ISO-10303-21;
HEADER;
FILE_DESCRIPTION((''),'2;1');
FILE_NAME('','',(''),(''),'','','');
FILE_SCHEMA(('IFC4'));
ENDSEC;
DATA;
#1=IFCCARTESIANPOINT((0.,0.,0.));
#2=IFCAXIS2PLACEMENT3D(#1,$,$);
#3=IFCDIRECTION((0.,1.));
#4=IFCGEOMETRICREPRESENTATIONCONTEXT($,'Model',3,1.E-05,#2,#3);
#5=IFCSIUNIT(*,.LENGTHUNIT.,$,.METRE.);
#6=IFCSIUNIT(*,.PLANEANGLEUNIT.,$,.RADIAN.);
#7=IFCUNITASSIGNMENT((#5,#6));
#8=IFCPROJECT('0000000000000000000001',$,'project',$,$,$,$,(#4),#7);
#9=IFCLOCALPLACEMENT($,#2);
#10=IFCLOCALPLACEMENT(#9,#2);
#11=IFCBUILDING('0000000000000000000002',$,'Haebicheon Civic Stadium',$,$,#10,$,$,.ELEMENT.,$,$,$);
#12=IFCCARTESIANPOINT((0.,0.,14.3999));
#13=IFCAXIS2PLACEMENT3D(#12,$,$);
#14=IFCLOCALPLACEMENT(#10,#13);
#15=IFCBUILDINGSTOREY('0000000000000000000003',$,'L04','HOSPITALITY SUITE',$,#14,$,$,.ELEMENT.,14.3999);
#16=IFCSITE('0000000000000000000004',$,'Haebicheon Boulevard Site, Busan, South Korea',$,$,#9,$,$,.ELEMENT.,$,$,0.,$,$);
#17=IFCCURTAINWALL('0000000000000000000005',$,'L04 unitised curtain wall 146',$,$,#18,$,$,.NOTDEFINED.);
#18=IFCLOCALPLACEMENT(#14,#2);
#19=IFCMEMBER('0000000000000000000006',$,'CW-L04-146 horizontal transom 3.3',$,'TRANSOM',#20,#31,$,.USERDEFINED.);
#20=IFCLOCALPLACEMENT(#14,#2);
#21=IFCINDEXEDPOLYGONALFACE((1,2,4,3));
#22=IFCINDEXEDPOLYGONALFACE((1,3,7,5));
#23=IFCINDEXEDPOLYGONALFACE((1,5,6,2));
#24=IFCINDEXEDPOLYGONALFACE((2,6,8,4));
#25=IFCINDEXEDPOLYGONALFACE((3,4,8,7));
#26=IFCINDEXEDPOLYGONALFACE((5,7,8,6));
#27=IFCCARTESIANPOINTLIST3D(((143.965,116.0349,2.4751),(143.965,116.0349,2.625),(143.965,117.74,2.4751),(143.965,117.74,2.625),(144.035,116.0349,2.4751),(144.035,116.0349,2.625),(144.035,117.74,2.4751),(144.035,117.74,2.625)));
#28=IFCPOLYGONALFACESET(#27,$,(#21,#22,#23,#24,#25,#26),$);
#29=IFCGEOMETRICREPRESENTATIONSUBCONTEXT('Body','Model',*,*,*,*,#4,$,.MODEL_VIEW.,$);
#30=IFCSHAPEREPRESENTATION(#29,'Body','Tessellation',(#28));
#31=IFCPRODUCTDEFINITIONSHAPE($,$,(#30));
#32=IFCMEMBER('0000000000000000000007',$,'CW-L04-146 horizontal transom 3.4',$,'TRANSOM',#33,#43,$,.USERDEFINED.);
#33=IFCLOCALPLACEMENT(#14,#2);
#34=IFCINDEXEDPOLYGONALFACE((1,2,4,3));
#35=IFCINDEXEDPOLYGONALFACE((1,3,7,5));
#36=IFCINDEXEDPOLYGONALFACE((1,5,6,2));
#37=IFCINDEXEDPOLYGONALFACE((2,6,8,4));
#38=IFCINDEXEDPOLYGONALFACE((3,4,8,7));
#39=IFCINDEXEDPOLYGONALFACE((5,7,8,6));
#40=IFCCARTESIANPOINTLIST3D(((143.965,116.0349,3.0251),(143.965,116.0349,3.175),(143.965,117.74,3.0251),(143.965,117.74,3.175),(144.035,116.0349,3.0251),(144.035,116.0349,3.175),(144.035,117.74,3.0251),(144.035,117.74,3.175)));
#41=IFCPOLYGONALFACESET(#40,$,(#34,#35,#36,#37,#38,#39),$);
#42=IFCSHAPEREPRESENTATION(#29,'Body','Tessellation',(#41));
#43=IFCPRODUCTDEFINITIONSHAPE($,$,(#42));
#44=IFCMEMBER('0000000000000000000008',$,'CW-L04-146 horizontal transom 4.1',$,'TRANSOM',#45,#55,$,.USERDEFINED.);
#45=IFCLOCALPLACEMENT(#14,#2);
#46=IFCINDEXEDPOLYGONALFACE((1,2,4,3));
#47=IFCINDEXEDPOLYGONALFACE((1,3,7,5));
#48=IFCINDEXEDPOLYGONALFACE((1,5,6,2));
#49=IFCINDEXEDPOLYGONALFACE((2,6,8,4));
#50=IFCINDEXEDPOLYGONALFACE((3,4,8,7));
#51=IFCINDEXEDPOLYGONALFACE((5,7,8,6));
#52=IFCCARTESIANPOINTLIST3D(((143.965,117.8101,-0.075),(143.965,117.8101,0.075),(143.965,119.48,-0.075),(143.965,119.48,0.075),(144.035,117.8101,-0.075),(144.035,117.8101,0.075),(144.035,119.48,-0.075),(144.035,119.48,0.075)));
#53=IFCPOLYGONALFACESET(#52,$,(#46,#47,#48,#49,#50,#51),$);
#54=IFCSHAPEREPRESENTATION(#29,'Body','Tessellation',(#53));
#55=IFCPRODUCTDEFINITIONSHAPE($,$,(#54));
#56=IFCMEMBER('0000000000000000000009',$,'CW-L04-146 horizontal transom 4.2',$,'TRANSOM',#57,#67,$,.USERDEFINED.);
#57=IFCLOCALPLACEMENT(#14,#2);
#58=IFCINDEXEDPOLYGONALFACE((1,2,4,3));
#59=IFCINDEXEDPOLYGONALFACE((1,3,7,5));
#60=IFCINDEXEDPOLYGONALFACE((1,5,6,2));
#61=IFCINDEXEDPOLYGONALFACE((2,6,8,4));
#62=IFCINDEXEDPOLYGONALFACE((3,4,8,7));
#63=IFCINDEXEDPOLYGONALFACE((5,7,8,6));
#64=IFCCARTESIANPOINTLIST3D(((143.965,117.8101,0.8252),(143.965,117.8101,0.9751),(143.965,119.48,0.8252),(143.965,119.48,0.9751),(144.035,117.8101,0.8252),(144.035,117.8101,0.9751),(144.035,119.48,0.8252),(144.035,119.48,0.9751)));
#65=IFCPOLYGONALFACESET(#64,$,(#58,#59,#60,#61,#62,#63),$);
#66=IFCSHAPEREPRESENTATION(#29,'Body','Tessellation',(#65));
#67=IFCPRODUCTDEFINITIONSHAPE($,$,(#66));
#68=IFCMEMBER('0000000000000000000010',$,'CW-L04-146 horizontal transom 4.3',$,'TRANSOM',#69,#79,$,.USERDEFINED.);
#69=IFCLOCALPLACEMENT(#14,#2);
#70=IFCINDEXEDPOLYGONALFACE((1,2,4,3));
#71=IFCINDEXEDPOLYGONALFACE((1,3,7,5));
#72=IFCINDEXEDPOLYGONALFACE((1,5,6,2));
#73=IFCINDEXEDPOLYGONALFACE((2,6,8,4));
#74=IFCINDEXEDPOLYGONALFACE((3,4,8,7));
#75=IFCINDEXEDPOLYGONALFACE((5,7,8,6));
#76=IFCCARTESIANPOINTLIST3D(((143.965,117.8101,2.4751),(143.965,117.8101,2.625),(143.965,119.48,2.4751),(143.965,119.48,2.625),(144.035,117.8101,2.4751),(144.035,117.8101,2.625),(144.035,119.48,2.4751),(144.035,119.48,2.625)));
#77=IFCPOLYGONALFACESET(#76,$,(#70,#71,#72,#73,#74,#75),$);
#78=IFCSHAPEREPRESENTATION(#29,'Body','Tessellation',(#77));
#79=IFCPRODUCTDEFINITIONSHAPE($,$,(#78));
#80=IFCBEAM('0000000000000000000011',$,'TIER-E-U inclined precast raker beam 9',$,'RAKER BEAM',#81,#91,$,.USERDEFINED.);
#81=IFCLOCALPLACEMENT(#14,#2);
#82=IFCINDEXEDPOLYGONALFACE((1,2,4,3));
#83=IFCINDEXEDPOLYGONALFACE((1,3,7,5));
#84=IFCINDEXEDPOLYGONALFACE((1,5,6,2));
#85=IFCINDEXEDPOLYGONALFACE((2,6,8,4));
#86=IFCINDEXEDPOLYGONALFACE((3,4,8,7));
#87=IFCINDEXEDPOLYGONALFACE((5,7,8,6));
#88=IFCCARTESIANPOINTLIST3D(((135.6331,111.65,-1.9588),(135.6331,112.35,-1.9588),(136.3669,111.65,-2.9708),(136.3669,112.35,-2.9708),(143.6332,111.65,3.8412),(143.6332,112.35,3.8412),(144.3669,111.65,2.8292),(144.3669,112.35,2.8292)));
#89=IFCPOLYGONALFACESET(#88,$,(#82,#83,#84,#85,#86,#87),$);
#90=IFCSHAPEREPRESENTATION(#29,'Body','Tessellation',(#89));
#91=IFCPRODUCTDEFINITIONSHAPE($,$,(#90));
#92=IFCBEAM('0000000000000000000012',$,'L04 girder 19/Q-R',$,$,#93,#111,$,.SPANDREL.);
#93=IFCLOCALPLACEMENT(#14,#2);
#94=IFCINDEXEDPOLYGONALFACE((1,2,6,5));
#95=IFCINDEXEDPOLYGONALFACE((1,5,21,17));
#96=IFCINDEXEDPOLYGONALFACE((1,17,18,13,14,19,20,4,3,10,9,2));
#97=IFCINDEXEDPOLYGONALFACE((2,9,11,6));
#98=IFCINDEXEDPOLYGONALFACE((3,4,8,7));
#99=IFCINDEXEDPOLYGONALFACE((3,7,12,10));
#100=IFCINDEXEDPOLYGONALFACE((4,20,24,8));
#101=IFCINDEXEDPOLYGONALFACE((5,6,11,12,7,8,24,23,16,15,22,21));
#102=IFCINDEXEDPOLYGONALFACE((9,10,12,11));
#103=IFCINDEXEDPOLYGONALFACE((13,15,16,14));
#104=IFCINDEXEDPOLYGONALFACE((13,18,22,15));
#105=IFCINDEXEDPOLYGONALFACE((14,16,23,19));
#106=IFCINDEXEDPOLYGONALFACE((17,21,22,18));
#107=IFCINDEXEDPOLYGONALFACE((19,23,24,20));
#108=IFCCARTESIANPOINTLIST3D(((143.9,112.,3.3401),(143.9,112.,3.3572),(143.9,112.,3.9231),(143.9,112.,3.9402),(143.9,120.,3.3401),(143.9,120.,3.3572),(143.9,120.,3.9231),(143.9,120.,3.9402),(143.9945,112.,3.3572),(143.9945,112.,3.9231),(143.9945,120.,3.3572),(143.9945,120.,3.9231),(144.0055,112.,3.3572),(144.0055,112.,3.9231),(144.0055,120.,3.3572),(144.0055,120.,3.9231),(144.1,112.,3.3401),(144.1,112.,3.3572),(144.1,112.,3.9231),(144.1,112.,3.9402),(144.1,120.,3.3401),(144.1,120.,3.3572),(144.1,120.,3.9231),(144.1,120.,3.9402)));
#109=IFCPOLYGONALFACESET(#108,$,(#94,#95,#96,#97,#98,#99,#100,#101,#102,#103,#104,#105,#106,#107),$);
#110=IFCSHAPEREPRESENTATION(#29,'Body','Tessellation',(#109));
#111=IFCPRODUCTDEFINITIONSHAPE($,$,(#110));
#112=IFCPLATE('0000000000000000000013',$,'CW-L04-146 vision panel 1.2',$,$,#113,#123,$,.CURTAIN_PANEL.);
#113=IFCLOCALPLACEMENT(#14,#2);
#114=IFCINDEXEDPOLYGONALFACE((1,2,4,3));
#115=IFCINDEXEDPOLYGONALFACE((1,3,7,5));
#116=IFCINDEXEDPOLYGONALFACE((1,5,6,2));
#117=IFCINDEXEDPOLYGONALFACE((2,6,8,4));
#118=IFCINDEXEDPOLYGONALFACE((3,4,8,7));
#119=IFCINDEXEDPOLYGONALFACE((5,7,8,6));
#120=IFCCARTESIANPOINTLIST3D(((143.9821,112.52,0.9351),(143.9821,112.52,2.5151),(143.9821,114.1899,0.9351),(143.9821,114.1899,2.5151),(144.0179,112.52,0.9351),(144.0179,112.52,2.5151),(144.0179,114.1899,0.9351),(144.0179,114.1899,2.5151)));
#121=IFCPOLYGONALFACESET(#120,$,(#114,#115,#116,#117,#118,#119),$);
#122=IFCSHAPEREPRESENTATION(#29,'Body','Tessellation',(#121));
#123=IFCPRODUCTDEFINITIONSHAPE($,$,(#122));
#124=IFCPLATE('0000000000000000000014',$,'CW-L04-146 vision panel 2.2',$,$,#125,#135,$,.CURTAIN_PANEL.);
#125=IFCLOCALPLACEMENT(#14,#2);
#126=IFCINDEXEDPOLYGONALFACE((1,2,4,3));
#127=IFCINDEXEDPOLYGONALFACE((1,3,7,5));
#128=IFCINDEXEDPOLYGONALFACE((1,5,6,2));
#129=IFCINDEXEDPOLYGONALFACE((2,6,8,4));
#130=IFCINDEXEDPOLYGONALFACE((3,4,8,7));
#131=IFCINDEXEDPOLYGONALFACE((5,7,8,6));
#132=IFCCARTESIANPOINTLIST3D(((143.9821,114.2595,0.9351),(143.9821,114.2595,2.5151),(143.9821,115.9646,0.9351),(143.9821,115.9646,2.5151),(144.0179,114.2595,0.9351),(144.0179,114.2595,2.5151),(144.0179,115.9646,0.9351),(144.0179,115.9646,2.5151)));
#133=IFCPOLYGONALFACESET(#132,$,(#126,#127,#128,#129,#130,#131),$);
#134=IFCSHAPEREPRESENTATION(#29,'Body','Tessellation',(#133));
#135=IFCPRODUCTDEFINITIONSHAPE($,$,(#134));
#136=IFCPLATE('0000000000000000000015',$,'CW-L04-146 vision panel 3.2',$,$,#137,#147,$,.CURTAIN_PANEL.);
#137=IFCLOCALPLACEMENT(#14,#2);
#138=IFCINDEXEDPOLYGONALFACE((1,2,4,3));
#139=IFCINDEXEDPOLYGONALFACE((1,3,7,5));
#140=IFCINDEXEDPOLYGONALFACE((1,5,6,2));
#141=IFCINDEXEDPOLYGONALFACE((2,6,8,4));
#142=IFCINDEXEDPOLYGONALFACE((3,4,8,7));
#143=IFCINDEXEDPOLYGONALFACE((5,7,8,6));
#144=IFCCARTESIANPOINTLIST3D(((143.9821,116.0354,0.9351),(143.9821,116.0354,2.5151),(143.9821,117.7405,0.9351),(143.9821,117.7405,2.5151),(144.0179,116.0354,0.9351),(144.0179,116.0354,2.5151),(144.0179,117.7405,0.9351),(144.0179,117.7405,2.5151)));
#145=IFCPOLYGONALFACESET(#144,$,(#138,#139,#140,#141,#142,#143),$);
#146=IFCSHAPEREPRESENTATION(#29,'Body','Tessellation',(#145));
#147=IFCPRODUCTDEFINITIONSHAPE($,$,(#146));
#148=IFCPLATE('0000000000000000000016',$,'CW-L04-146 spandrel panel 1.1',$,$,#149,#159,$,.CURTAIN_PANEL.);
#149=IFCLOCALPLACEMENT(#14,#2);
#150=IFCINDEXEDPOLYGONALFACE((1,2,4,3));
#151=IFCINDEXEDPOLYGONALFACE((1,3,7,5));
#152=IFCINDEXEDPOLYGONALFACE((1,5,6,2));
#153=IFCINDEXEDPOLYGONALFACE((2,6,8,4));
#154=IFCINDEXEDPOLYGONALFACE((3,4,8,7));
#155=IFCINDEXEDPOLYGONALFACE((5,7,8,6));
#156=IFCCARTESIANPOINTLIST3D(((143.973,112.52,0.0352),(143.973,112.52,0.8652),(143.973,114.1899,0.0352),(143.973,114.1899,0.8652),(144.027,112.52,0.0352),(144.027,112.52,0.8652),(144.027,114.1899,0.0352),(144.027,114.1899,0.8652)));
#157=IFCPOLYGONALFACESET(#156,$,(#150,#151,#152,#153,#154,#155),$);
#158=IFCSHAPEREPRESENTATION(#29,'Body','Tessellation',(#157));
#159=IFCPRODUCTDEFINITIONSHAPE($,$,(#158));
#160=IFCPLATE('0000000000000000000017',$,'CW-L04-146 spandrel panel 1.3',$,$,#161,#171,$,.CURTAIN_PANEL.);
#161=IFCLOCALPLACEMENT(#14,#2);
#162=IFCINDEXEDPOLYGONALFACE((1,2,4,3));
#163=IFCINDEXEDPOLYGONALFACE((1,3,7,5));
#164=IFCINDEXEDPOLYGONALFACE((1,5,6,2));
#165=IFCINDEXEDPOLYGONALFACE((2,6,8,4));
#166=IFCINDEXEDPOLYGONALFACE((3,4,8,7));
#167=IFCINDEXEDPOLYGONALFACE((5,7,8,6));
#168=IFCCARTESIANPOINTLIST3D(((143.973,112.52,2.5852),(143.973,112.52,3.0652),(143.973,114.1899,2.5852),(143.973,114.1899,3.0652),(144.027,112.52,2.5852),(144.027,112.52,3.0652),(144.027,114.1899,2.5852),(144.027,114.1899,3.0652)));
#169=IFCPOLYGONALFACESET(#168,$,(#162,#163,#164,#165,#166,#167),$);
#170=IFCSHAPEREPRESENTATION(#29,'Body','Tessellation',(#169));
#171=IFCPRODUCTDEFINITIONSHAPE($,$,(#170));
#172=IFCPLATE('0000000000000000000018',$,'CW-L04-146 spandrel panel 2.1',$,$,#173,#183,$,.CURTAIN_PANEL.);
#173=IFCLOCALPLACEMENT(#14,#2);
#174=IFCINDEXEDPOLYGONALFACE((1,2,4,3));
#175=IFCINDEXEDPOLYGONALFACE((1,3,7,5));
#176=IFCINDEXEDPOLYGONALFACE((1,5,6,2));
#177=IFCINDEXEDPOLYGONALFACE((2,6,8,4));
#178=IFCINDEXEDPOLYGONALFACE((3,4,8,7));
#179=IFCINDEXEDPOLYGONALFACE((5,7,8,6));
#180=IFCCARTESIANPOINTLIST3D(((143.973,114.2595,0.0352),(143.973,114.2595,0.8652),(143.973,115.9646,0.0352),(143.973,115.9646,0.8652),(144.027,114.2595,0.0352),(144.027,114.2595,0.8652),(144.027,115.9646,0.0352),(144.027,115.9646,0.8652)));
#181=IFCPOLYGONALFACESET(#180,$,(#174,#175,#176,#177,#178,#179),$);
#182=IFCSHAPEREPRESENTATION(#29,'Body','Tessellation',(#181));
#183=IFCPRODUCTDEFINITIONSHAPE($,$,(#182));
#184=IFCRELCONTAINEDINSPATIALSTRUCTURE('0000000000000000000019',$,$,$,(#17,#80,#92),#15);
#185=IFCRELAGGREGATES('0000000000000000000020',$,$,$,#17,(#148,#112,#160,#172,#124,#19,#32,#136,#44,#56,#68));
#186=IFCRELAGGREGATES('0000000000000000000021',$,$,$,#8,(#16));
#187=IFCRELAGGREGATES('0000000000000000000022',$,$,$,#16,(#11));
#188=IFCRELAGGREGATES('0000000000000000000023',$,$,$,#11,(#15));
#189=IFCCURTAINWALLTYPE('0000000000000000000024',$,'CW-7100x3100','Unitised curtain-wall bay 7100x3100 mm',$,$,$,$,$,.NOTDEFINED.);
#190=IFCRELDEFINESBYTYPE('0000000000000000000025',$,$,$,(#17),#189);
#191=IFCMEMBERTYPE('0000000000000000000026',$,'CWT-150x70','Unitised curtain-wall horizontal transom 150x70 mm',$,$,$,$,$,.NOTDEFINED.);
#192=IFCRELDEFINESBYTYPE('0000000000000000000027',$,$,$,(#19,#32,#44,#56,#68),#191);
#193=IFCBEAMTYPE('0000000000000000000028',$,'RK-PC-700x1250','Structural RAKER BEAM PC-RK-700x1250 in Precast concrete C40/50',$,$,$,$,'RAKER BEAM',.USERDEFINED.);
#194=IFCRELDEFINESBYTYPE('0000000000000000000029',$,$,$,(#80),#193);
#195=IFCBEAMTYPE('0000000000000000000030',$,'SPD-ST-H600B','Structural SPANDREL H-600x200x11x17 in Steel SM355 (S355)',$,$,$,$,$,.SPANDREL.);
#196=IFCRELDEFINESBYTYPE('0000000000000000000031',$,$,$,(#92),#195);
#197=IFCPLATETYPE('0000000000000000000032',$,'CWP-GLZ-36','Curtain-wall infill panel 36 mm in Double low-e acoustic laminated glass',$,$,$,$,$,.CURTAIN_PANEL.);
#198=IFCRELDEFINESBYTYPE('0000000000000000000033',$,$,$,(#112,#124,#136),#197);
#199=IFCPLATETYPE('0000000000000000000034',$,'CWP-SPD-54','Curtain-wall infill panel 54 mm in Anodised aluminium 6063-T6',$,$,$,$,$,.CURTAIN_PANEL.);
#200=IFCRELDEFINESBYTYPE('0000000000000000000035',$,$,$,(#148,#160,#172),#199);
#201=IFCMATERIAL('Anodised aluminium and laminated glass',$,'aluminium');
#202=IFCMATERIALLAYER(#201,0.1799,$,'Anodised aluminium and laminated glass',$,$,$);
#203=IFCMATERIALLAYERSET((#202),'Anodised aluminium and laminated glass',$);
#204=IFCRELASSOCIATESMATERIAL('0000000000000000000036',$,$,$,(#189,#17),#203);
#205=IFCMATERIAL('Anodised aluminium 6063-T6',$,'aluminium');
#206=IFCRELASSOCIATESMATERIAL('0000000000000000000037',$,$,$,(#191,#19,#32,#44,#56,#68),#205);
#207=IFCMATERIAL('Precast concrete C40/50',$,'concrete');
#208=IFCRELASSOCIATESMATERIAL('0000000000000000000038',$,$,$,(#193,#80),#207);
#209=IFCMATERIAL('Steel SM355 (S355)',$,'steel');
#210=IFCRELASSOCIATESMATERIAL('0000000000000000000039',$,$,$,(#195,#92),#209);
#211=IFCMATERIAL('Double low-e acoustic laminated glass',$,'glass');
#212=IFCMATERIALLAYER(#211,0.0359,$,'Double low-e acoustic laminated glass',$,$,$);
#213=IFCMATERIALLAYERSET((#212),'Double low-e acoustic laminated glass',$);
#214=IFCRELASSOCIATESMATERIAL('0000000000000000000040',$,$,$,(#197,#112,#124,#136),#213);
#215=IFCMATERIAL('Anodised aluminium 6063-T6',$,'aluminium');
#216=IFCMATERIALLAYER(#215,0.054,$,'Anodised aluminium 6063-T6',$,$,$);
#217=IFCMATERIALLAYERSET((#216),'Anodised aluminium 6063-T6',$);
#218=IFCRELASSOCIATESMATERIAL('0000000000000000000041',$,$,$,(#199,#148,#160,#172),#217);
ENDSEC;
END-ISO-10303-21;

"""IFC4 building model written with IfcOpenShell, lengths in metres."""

from ifc_helpers import new_model, si_unit, direction, frame, origin, origin_2d, place, context, subcontext, project, spatial, rectangle, i_section, extrude, material, layer, layer_set, material_profile, profile_set, type_object, element, aggregate, save


model = new_model("IFC4")

# Units and contexts
model_context = context("Model", 3, precision=1e-05, world=origin(), true_north=direction((0.0, 1.0)))
body_context = subcontext(model_context, "Body", "Model", "MODEL_VIEW")
ifc_project = project(units=[si_unit("LENGTHUNIT", "METRE"), si_unit("PLANEANGLEUNIT", "RADIAN")], contexts=[model_context])

# Site, building, storey
site_placement = place(None, origin())
site = spatial("IfcSite", under=ifc_project, at=site_placement, Name="Haebicheon Boulevard Site, Busan, South Korea", CompositionType="ELEMENT", RefElevation=0.0)
building_placement = place(site_placement, origin())
building = spatial("IfcBuilding", under=site, at=building_placement, Name="Haebicheon Civic Stadium", CompositionType="ELEMENT")
storey_placement = place(building_placement, frame((0.0, 0.0, 14.3999)))
storey = spatial("IfcBuildingStorey", under=building, at=storey_placement, Name="L04", Description="HOSPITALITY SUITE", CompositionType="ELEMENT", Elevation=14.3999)

# Curtain wall, members
ifc_material_1 = material(Name="Anodised aluminium and laminated glass", Category="aluminium")
ifc_layer_1 = layer(ifc_material_1, 0.1799, Name="Anodised aluminium and laminated glass")
ifc_layer_set_1 = layer_set([ifc_layer_1], Name="Anodised aluminium and laminated glass")
curtain_wall_type = type_object("IfcCurtainWallType", Name="CW-7100x3100", Description="Unitised curtain-wall bay 7100x3100 mm", PredefinedType="NOTDEFINED", material=ifc_layer_set_1)
curtain_wall_placement = place(storey_placement, origin())
curtain_wall = element("IfcCurtainWall", 1, at=curtain_wall_placement, inside=storey, type_object=curtain_wall_type, material=ifc_layer_set_1, Name="L04 unitised curtain wall 146", PredefinedType="NOTDEFINED")
ifc_material_2 = material(Name="Anodised aluminium 6063-T6", Category="aluminium")
ifc_material_profile_1 = material_profile(ifc_material_2, rectangle(XDim=0.0701, YDim=0.1499, at=origin_2d()), Name="ALU-TRAN-70x150")
ifc_profile_set_1 = profile_set([ifc_material_profile_1], Name="Anodised aluminium 6063-T6")
member_type_1 = type_object("IfcMemberType", Name="CWT-150x70", Description="Unitised curtain-wall horizontal transom 150x70 mm", PredefinedType="NOTDEFINED", material=ifc_profile_set_1)
member_1_placement = place(storey_placement, frame((144.0, 116.0349, 2.55), z_axis=(0.0, 1.0, 0.0), x_axis=(-1.0, 0.0, 0.0)))
member_1 = element("IfcMember", 2, at=member_1_placement, type_object=member_type_1, material=ifc_profile_set_1, Name="CW-L04-146 horizontal transom 3.3", ObjectType="TRANSOM", PredefinedType="USERDEFINED", context=body_context, shape_type="SweptSolid", body=[
    extrude(rectangle(XDim=0.0701, YDim=0.1499, at=origin_2d()), origin(), (0.0, 0.0, 1.0), 1.7051),
])
member_2_placement = place(storey_placement, frame((144.0, 116.0349, 3.1001), z_axis=(0.0, 1.0, 0.0), x_axis=(-1.0, 0.0, 0.0)))
member_2 = element("IfcMember", 3, at=member_2_placement, type_object=member_type_1, material=ifc_profile_set_1, Name="CW-L04-146 horizontal transom 3.4", ObjectType="TRANSOM", PredefinedType="USERDEFINED", context=body_context, shape_type="SweptSolid", body=[
    extrude(rectangle(XDim=0.0701, YDim=0.1499, at=origin_2d()), origin(), (0.0, 0.0, 1.0), 1.7051),
])
member_3_placement = place(storey_placement, frame((144.0, 117.8101, 0.0), z_axis=(0.0, 1.0, 0.0), x_axis=(-1.0, 0.0, 0.0)))
member_3 = element("IfcMember", 4, at=member_3_placement, type_object=member_type_1, material=ifc_profile_set_1, Name="CW-L04-146 horizontal transom 4.1", ObjectType="TRANSOM", PredefinedType="USERDEFINED", context=body_context, shape_type="SweptSolid", body=[
    extrude(rectangle(XDim=0.0701, YDim=0.1499, at=origin_2d()), origin(), (0.0, 0.0, 1.0), 1.6699),
])
member_4_placement = place(storey_placement, frame((144.0, 117.8101, 0.9001), z_axis=(0.0, 1.0, 0.0), x_axis=(-1.0, 0.0, 0.0)))
member_4 = element("IfcMember", 5, at=member_4_placement, type_object=member_type_1, material=ifc_profile_set_1, Name="CW-L04-146 horizontal transom 4.2", ObjectType="TRANSOM", PredefinedType="USERDEFINED", context=body_context, shape_type="SweptSolid", body=[
    extrude(rectangle(XDim=0.0701, YDim=0.1499, at=origin_2d()), origin(), (0.0, 0.0, 1.0), 1.6699),
])
member_5_placement = place(storey_placement, frame((144.0, 117.8101, 2.55), z_axis=(0.0, 1.0, 0.0), x_axis=(-1.0, 0.0, 0.0)))
member_5 = element("IfcMember", 6, at=member_5_placement, type_object=member_type_1, material=ifc_profile_set_1, Name="CW-L04-146 horizontal transom 4.3", ObjectType="TRANSOM", PredefinedType="USERDEFINED", context=body_context, shape_type="SweptSolid", body=[
    extrude(rectangle(XDim=0.0701, YDim=0.1499, at=origin_2d()), origin(), (0.0, 0.0, 1.0), 1.6699),
])

# Beams
ifc_material_3 = material(Name="Precast concrete C40/50", Category="concrete")
ifc_material_profile_2 = material_profile(ifc_material_3, rectangle(XDim=0.7, YDim=1.25, at=origin_2d()), Name="PC-RK-700x1250")
ifc_profile_set_2 = profile_set([ifc_material_profile_2], Name="Precast concrete C40/50")
beam_type_1 = type_object("IfcBeamType", Name="RK-PC-700x1250", Description="Structural RAKER BEAM PC-RK-700x1250 in Precast concrete C40/50", ElementType="RAKER BEAM", PredefinedType="USERDEFINED", material=ifc_profile_set_2)
beam_1_placement = place(storey_placement, frame((136.0, 112.0, -2.4648), z_axis=(0.809608, 0.0, 0.586971), x_axis=(0.0, 1.0, 0.0)))
element("IfcBeam", 7, at=beam_1_placement, inside=storey, type_object=beam_type_1, material=ifc_profile_set_2, Name="TIER-E-U inclined precast raker beam 9", ObjectType="RAKER BEAM", PredefinedType="USERDEFINED", context=body_context, shape_type="SweptSolid", body=[
    extrude(rectangle(XDim=0.7, YDim=1.25, at=origin_2d()), origin(), (0.0, 0.0, 1.0), 9.8813),
])
ifc_material_4 = material(Name="Steel SM355 (S355)", Category="steel")
ifc_material_profile_3 = material_profile(ifc_material_4, i_section(OverallWidth=0.2, OverallDepth=0.6001, WebThickness=0.011, FlangeThickness=0.0171, at=origin_2d()), Name="H-600x200x11x17")
ifc_profile_set_3 = profile_set([ifc_material_profile_3], Name="Steel SM355 (S355)")
beam_type_2 = type_object("IfcBeamType", Name="SPD-ST-H600B", Description="Structural SPANDREL H-600x200x11x17 in Steel SM355 (S355)", PredefinedType="SPANDREL", material=ifc_profile_set_3)
beam_2_placement = place(storey_placement, frame((144.0, 112.0, 3.6401), z_axis=(0.0, 1.0, 0.0), x_axis=(-1.0, 0.0, 0.0)))
element("IfcBeam", 8, at=beam_2_placement, inside=storey, type_object=beam_type_2, material=ifc_profile_set_3, Name="L04 girder 19/Q-R", PredefinedType="SPANDREL", context=body_context, shape_type="SweptSolid", body=[
    extrude(i_section(OverallWidth=0.2, OverallDepth=0.6001, WebThickness=0.011, FlangeThickness=0.0171, at=origin_2d()), origin(), (0.0, 0.0, 1.0), 8.0),
])

# Plates
ifc_material_5 = material(Name="Double low-e acoustic laminated glass", Category="glass")
ifc_layer_2 = layer(ifc_material_5, 0.0359, Name="Double low-e acoustic laminated glass")
ifc_layer_set_2 = layer_set([ifc_layer_2], Name="Double low-e acoustic laminated glass")
plate_type_1 = type_object("IfcPlateType", Name="CWP-GLZ-36", Description="Curtain-wall infill panel 36 mm in Double low-e acoustic laminated glass", PredefinedType="CURTAIN_PANEL", material=ifc_layer_set_2)
plate_1_placement = place(storey_placement, frame((144.0, 113.355, 0.9351), z_axis=(0.0, 0.0, 1.0), x_axis=(0.0, 1.0, 0.0)))
plate_1 = element("IfcPlate", 9, at=plate_1_placement, type_object=plate_type_1, material=ifc_layer_set_2, Name="CW-L04-146 vision panel 1.2", PredefinedType="CURTAIN_PANEL", context=body_context, shape_type="SweptSolid", body=[
    extrude(rectangle(XDim=1.6699, YDim=0.0359, at=origin_2d()), origin(), (0.0, 0.0, 1.0), 1.5801),
])
plate_2_placement = place(storey_placement, frame((144.0, 115.1121, 0.9351), z_axis=(0.0, 0.0, 1.0), x_axis=(0.0, 1.0, 0.0)))
plate_2 = element("IfcPlate", 10, at=plate_2_placement, type_object=plate_type_1, material=ifc_layer_set_2, Name="CW-L04-146 vision panel 2.2", PredefinedType="CURTAIN_PANEL", context=body_context, shape_type="SweptSolid", body=[
    extrude(rectangle(XDim=1.7051, YDim=0.0359, at=origin_2d()), origin(), (0.0, 0.0, 1.0), 1.5801),
])
plate_3_placement = place(storey_placement, frame((144.0, 116.8879, 0.9351), z_axis=(0.0, 0.0, 1.0), x_axis=(0.0, 1.0, 0.0)))
plate_3 = element("IfcPlate", 11, at=plate_3_placement, type_object=plate_type_1, material=ifc_layer_set_2, Name="CW-L04-146 vision panel 3.2", PredefinedType="CURTAIN_PANEL", context=body_context, shape_type="SweptSolid", body=[
    extrude(rectangle(XDim=1.7051, YDim=0.0359, at=origin_2d()), origin(), (0.0, 0.0, 1.0), 1.5801),
])
ifc_material_6 = material(Name="Anodised aluminium 6063-T6", Category="aluminium")
ifc_layer_3 = layer(ifc_material_6, 0.054, Name="Anodised aluminium 6063-T6")
ifc_layer_set_3 = layer_set([ifc_layer_3], Name="Anodised aluminium 6063-T6")
plate_type_2 = type_object("IfcPlateType", Name="CWP-SPD-54", Description="Curtain-wall infill panel 54 mm in Anodised aluminium 6063-T6", PredefinedType="CURTAIN_PANEL", material=ifc_layer_set_3)
plate_4_placement = place(storey_placement, frame((144.0, 113.355, 0.0352), z_axis=(0.0, 0.0, 1.0), x_axis=(0.0, 1.0, 0.0)))
plate_4 = element("IfcPlate", 12, at=plate_4_placement, type_object=plate_type_2, material=ifc_layer_set_3, Name="CW-L04-146 spandrel panel 1.1", PredefinedType="CURTAIN_PANEL", context=body_context, shape_type="SweptSolid", body=[
    extrude(rectangle(XDim=1.6699, YDim=0.054, at=origin_2d()), origin(), (0.0, 0.0, 1.0), 0.8301),
])
plate_5_placement = place(storey_placement, frame((144.0, 113.355, 2.5852), z_axis=(0.0, 0.0, 1.0), x_axis=(0.0, 1.0, 0.0)))
plate_5 = element("IfcPlate", 13, at=plate_5_placement, type_object=plate_type_2, material=ifc_layer_set_3, Name="CW-L04-146 spandrel panel 1.3", PredefinedType="CURTAIN_PANEL", context=body_context, shape_type="SweptSolid", body=[
    extrude(rectangle(XDim=1.6699, YDim=0.054, at=origin_2d()), origin(), (0.0, 0.0, 1.0), 0.48),
])
plate_6_placement = place(storey_placement, frame((144.0, 115.1121, 0.0352), z_axis=(0.0, 0.0, 1.0), x_axis=(0.0, 1.0, 0.0)))
plate_6 = element("IfcPlate", 14, at=plate_6_placement, type_object=plate_type_2, material=ifc_layer_set_3, Name="CW-L04-146 spandrel panel 2.1", PredefinedType="CURTAIN_PANEL", context=body_context, shape_type="SweptSolid", body=[
    extrude(rectangle(XDim=1.7051, YDim=0.054, at=origin_2d()), origin(), (0.0, 0.0, 1.0), 0.8301),
])
aggregate(curtain_wall, [plate_4, plate_1, plate_5, plate_6, plate_2, member_1, member_2, plate_3, member_3, member_4, member_5])

save(model, "model.ifc")
